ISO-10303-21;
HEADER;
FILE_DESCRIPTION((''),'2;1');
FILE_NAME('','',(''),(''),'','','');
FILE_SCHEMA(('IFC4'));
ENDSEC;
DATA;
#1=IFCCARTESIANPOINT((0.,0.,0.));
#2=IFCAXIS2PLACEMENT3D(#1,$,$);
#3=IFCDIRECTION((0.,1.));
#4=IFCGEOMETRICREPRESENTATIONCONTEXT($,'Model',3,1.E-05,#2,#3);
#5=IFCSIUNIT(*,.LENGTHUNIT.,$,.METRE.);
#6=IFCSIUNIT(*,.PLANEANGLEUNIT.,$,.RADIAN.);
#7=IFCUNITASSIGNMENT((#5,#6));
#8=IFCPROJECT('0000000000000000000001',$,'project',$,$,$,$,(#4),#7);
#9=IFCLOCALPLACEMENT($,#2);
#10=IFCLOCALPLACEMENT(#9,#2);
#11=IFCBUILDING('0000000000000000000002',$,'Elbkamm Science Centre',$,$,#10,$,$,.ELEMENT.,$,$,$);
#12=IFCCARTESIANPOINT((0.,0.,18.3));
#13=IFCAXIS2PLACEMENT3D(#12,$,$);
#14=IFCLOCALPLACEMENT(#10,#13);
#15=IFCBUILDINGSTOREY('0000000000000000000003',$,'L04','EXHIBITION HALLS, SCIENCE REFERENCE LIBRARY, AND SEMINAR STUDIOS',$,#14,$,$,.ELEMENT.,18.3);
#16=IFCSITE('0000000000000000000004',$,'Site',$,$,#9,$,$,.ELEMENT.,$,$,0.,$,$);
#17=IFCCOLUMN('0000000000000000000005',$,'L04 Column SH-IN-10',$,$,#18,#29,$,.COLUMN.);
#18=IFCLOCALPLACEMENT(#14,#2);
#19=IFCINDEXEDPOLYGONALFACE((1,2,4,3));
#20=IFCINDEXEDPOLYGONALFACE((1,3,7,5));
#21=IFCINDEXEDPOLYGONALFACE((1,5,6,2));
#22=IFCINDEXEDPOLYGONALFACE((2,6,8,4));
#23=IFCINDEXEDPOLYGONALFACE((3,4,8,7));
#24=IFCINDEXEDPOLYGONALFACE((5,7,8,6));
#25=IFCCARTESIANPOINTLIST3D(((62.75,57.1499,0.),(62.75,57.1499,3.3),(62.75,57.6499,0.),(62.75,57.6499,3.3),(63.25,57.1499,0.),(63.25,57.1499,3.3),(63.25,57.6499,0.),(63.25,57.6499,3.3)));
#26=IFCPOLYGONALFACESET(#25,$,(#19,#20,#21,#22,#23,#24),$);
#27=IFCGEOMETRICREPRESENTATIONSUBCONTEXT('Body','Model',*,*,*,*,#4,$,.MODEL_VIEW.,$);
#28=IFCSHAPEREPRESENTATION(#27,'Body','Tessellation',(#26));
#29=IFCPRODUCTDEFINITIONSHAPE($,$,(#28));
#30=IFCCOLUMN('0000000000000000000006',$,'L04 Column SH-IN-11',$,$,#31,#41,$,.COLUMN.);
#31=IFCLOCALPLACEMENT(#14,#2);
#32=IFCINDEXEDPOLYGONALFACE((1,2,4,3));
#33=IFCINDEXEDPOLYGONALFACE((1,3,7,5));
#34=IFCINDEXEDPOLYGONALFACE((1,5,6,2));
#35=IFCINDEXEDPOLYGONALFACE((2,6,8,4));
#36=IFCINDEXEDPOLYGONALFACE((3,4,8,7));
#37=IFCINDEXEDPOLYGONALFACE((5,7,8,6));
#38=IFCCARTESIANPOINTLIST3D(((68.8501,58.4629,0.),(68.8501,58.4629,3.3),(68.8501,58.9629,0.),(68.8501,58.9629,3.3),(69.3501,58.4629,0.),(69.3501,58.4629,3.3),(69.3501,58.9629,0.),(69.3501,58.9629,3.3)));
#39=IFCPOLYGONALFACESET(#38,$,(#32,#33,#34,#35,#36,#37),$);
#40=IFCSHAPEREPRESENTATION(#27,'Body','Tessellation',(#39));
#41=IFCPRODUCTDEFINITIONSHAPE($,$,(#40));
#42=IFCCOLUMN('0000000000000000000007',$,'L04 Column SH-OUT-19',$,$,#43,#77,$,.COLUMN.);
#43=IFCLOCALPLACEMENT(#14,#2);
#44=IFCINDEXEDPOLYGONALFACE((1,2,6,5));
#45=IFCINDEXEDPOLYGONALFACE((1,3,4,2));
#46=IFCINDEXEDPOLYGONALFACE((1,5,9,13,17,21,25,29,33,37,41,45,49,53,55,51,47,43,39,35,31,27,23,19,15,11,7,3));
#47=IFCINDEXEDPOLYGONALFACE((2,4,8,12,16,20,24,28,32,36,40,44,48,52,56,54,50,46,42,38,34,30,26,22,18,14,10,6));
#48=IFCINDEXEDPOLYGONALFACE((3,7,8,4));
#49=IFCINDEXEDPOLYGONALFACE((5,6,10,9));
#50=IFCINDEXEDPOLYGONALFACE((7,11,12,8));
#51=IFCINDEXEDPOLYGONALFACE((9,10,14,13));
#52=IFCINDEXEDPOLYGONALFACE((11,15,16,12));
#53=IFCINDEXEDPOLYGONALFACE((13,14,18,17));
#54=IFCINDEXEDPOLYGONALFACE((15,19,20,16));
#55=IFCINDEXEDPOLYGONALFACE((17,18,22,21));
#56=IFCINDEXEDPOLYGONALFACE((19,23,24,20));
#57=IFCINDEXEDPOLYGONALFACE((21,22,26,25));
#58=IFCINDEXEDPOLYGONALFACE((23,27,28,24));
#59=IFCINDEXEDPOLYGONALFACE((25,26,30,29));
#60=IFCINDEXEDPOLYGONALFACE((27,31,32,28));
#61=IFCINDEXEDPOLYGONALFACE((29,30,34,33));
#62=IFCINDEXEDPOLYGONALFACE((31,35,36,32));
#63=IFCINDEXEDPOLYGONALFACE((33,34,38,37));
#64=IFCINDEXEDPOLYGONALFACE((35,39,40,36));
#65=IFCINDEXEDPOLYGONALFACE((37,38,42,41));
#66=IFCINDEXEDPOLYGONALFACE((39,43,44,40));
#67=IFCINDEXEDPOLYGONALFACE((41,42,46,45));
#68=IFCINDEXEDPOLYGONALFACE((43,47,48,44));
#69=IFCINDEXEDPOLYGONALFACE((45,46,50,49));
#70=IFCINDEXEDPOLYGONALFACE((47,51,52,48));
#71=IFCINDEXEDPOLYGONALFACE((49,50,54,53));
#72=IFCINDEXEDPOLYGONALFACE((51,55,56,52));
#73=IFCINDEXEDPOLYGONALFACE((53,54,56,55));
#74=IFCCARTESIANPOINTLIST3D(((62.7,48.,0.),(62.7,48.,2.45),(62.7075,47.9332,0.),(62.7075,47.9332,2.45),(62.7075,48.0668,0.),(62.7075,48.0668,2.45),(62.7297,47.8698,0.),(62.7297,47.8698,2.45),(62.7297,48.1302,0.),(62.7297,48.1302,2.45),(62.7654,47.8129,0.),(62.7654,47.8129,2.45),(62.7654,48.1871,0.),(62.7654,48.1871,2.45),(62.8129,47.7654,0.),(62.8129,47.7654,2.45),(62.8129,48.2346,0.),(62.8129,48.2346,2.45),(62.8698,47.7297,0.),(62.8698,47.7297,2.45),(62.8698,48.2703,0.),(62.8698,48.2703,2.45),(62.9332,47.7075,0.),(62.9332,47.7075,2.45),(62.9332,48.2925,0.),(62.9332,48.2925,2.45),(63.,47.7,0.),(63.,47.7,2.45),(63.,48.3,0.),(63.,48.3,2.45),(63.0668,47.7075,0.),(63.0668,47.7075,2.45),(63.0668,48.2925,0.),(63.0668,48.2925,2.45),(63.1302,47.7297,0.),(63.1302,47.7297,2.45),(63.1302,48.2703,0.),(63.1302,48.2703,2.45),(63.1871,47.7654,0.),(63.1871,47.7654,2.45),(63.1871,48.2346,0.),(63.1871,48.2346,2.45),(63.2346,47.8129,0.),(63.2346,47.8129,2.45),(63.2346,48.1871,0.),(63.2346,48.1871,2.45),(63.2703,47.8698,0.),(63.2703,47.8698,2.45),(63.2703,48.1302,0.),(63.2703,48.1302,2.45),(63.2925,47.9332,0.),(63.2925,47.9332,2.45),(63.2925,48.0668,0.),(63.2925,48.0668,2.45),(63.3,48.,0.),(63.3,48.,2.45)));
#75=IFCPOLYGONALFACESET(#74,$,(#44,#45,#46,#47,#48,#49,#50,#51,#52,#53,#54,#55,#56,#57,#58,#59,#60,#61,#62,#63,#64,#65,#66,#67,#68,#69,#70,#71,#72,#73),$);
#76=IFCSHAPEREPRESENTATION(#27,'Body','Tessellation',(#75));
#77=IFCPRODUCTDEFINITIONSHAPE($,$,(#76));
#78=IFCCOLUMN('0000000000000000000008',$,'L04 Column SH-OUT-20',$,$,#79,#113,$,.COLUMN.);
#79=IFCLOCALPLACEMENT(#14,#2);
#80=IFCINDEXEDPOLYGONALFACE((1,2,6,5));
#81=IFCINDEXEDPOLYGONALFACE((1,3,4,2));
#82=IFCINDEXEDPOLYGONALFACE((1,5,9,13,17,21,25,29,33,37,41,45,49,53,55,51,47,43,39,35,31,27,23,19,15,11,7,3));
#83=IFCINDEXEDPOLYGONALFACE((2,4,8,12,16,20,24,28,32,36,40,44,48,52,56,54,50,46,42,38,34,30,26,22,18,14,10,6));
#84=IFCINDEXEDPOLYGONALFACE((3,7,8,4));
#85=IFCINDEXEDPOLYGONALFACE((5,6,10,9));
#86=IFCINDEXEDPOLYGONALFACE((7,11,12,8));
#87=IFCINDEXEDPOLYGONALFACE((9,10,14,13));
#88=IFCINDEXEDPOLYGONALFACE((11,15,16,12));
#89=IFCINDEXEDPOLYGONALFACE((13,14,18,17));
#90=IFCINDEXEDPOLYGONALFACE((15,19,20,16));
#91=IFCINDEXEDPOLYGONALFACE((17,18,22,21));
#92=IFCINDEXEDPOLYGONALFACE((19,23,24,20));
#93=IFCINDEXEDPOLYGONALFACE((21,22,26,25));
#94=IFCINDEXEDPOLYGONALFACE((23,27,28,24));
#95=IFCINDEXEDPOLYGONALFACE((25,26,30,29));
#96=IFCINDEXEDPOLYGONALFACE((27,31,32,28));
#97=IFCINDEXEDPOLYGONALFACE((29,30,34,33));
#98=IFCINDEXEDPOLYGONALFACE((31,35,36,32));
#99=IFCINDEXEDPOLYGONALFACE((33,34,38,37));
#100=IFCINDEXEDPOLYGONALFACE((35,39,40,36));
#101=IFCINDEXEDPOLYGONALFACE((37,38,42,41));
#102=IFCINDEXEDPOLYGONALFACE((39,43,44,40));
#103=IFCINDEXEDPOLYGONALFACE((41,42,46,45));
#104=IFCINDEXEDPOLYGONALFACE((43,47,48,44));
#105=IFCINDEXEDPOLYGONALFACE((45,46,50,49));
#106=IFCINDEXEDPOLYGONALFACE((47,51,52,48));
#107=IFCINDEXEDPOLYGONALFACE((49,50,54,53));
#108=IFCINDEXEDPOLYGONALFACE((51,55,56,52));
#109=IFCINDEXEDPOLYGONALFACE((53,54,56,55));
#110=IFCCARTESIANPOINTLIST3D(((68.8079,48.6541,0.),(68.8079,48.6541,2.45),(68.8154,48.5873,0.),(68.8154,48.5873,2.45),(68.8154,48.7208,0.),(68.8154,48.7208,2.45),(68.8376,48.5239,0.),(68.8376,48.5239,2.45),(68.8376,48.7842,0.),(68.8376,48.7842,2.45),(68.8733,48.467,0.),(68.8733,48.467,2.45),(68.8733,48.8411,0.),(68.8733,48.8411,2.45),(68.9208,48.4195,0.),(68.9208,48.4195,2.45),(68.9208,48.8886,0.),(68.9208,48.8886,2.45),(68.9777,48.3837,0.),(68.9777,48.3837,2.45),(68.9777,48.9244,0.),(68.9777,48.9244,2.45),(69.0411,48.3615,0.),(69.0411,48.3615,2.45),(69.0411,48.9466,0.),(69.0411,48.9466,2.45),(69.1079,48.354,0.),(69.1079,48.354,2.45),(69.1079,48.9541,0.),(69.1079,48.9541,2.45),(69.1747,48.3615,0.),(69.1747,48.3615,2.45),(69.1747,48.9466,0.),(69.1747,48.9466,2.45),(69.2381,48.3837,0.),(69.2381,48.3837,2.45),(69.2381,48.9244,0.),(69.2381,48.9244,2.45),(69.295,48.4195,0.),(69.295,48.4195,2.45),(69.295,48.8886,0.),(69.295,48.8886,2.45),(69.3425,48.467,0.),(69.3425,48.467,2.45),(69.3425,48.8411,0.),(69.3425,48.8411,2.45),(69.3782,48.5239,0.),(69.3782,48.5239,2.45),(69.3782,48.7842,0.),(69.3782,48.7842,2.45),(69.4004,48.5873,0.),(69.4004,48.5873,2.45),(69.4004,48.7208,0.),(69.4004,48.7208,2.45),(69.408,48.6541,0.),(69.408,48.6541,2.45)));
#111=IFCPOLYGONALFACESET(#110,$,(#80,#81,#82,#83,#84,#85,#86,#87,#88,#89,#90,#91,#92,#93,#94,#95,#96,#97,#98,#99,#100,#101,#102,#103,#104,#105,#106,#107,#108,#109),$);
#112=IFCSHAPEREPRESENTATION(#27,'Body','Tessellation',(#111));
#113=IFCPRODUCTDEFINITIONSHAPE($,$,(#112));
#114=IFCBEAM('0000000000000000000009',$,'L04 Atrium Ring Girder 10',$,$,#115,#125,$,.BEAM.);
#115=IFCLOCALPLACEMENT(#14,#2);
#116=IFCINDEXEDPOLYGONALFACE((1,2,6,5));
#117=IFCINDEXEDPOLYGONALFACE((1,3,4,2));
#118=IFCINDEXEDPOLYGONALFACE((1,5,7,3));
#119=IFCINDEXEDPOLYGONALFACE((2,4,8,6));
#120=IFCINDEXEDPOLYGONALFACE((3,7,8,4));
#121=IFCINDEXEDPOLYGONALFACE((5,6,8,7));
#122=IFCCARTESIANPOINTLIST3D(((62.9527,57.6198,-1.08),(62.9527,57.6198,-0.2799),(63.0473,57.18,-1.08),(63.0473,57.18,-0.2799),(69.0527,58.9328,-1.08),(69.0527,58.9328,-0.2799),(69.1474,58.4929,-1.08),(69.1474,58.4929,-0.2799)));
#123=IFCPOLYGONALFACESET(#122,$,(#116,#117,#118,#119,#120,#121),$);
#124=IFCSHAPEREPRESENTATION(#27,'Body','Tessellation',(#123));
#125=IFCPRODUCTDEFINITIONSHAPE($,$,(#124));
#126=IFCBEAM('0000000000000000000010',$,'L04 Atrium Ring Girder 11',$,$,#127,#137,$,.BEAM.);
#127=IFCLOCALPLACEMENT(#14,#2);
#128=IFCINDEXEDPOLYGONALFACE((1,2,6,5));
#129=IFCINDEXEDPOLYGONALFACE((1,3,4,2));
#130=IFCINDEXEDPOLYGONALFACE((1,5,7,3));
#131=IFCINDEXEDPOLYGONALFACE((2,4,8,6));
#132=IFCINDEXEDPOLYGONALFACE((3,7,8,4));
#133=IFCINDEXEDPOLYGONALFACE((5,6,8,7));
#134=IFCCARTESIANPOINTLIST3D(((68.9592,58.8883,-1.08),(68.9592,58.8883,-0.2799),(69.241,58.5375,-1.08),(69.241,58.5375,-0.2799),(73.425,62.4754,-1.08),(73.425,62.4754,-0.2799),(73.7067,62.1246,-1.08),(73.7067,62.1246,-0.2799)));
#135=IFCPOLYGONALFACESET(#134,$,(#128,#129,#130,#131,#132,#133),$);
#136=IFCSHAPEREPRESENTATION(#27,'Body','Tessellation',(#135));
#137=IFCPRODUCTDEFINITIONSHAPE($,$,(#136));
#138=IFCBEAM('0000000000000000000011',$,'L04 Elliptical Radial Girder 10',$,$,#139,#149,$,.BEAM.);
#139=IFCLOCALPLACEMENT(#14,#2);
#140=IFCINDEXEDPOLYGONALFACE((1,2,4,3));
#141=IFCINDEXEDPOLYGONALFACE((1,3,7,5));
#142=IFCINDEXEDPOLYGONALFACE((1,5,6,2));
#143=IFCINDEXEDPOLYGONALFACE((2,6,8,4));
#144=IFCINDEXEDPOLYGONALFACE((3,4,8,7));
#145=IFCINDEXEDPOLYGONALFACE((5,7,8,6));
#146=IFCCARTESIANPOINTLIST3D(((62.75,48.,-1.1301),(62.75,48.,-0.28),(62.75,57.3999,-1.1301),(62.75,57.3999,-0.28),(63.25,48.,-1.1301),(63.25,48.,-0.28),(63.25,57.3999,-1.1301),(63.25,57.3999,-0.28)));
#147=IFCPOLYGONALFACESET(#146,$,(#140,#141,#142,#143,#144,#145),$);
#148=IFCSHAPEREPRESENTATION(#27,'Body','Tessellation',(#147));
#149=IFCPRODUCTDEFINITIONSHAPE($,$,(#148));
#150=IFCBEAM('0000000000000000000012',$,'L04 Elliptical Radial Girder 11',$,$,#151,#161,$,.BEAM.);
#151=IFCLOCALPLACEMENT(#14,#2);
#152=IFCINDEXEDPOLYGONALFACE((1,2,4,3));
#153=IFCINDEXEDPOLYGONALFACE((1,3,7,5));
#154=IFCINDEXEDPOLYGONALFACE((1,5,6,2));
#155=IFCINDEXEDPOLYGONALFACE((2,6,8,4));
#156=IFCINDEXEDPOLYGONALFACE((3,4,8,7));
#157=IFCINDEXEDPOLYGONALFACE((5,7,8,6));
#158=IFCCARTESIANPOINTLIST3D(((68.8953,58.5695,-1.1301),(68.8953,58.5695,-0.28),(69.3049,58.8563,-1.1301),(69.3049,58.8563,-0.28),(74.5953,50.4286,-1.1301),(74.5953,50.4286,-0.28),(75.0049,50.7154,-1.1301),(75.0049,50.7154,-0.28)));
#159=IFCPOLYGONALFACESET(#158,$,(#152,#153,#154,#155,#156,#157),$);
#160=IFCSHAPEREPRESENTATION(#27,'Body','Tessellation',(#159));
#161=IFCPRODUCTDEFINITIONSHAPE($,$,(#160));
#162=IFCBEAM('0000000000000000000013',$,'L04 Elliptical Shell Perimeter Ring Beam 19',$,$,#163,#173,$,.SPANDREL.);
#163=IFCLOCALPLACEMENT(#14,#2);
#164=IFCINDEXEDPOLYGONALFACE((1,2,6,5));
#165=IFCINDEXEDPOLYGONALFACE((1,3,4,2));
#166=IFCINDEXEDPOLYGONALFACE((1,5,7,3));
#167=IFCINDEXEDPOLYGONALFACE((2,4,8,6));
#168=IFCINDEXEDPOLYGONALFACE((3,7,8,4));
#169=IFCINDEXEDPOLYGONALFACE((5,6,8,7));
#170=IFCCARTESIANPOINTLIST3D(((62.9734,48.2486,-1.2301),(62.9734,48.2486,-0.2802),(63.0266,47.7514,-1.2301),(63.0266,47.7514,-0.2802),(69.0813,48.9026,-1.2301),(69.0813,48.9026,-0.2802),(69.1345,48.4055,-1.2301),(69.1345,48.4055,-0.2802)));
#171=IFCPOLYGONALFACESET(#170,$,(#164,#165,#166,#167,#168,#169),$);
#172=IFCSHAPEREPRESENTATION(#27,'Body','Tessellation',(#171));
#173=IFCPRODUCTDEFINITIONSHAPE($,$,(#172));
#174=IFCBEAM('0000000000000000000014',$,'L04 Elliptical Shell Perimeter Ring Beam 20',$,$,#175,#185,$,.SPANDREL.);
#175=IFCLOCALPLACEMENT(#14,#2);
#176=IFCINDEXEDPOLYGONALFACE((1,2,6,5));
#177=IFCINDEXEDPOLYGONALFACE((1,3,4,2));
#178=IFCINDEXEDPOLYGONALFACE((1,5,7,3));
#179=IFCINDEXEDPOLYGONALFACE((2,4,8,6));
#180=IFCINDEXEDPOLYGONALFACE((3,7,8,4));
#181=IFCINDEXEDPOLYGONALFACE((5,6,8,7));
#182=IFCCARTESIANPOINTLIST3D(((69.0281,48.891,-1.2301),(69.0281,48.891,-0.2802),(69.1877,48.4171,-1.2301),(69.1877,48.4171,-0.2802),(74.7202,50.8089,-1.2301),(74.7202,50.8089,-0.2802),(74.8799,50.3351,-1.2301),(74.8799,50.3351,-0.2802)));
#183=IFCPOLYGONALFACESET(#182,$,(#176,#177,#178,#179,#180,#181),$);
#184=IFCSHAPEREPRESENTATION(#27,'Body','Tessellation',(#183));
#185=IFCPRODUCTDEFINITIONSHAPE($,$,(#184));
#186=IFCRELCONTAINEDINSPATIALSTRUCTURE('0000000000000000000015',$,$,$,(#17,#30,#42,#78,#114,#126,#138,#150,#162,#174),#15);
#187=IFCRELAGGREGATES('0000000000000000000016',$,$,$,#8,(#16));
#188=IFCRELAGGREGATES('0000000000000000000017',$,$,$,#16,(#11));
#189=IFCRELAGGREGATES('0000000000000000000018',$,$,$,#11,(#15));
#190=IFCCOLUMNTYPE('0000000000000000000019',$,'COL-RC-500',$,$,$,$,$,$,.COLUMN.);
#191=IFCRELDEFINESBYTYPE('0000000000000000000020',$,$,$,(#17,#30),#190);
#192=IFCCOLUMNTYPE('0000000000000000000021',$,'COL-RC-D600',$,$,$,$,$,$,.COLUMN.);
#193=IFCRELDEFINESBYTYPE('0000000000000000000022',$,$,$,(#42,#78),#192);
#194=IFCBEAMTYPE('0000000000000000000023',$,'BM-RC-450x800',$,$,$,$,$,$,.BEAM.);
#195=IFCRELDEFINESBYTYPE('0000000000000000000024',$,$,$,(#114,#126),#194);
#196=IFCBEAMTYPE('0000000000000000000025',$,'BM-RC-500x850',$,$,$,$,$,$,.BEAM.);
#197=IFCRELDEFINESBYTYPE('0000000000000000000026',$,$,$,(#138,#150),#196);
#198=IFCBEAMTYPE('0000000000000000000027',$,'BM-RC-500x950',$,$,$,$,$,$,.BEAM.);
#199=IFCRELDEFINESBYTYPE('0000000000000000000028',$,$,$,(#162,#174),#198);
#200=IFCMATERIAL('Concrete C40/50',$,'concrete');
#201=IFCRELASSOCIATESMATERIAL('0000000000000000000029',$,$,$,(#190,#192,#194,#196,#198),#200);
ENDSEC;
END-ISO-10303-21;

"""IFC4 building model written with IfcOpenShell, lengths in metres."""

from ifc_helpers import new_model, si_unit, direction, frame, origin, origin_2d, place, context, subcontext, project, spatial, rectangle, circle, extrude, material, material_profile, profile_set, type_object, element, save


model = new_model("IFC4")

# Units and contexts
model_context = context("Model", 3, precision=1e-05, world=origin(), true_north=direction((0.0, 1.0)))
body_context = subcontext(model_context, "Body", "Model", "MODEL_VIEW")
ifc_project = project(units=[si_unit("LENGTHUNIT", "METRE"), si_unit("PLANEANGLEUNIT", "RADIAN")], contexts=[model_context])

# Site, building, storey
site_placement = place(None, origin())
site = spatial("IfcSite", under=ifc_project, at=site_placement, Name="Site", CompositionType="ELEMENT", RefElevation=0.0)
building_placement = place(site_placement, origin())
building = spatial("IfcBuilding", under=site, at=building_placement, Name="Elbkamm Science Centre", CompositionType="ELEMENT")
storey_placement = place(building_placement, frame((0.0, 0.0, 18.3)))
storey = spatial("IfcBuildingStorey", under=building, at=storey_placement, Name="L04", Description="EXHIBITION HALLS, SCIENCE REFERENCE LIBRARY, AND SEMINAR STUDIOS", CompositionType="ELEMENT", Elevation=18.3)

# Columns
ifc_material_1 = material(Name="Concrete C40/50", Category="concrete")
ifc_material_profile_1 = material_profile(ifc_material_1, rectangle(XDim=0.5, YDim=0.5, at=origin_2d()), Name="RC 500x500")
ifc_profile_set_1 = profile_set([ifc_material_profile_1], Name="Concrete C40/50")
column_type_1 = type_object("IfcColumnType", Name="COL-RC-500", PredefinedType="COLUMN", material=ifc_profile_set_1)
for number, where, z_axis, x_axis, name in (
    (1, (63.0, 57.3999, 0.0), (0.0, 0.0, 1.0), (1.0, 0.0, 0.0), "L04 Column SH-IN-10"),
    (2, (69.1001, 58.7129, 0.0), (0.0, 0.0, 1.0), (1.0, 0.0, 0.0), "L04 Column SH-IN-11"),
):
    element("IfcColumn", number, at=place(storey_placement, frame(where, z_axis=z_axis, x_axis=x_axis)), inside=storey, type_object=column_type_1, Name=name, PredefinedType="COLUMN", context=body_context, shape_type="SweptSolid", body=[
        extrude(rectangle(XDim=0.5, YDim=0.5, at=origin_2d()), origin(), (0.0, 0.0, 1.0), 3.3),
    ])
ifc_material_profile_2 = material_profile(ifc_material_1, circle(Radius=0.3, at=origin_2d()), Name="RC D600")
ifc_profile_set_2 = profile_set([ifc_material_profile_2], Name="Concrete C40/50")
column_type_2 = type_object("IfcColumnType", Name="COL-RC-D600", PredefinedType="COLUMN", material=ifc_profile_set_2)
for number, where, z_axis, x_axis, name in (
    (3, (63.0, 48.0, 0.0), (0.0, 0.0, 1.0), (1.0, 0.0, 0.0), "L04 Column SH-OUT-19"),
    (4, (69.1079, 48.6541, 0.0), (0.0, 0.0, 1.0), (1.0, 0.0, 0.0), "L04 Column SH-OUT-20"),
):
    element("IfcColumn", number, at=place(storey_placement, frame(where, z_axis=z_axis, x_axis=x_axis)), inside=storey, type_object=column_type_2, Name=name, PredefinedType="COLUMN", context=body_context, shape_type="SweptSolid", body=[
        extrude(circle(Radius=0.3, at=origin_2d()), origin(), (0.0, 0.0, 1.0), 2.45),
    ])

# Beams
ifc_material_profile_3 = material_profile(ifc_material_1, rectangle(XDim=0.45, YDim=0.8, at=origin_2d()), Name="RC 450x800")
ifc_profile_set_3 = profile_set([ifc_material_profile_3], Name="Concrete C40/50")
beam_type_1 = type_object("IfcBeamType", Name="BM-RC-450x800", PredefinedType="BEAM", material=ifc_profile_set_3)
beam_1_placement = place(storey_placement, frame((63.0, 57.3999, -0.6799), z_axis=(0.977611, 0.210421, 0.0), x_axis=(-0.210421, 0.977611, 0.0)))
element("IfcBeam", 5, at=beam_1_placement, inside=storey, type_object=beam_type_1, Name="L04 Atrium Ring Girder 10", PredefinedType="BEAM", context=body_context, shape_type="SweptSolid", body=[
    extrude(rectangle(XDim=0.45, YDim=0.8, at=origin_2d()), origin(), (0.0, 0.0, 1.0), 6.2397),
])
beam_2_placement = place(storey_placement, frame((69.1001, 58.7129, -0.6799), z_axis=(0.779632, 0.626238, 0.0), x_axis=(-0.626238, 0.779632, 0.0)))
element("IfcBeam", 6, at=beam_2_placement, inside=storey, type_object=beam_type_1, Name="L04 Atrium Ring Girder 11", PredefinedType="BEAM", context=body_context, shape_type="SweptSolid", body=[
    extrude(rectangle(XDim=0.45, YDim=0.8, at=origin_2d()), origin(), (0.0, 0.0, 1.0), 5.728),
])
ifc_material_profile_4 = material_profile(ifc_material_1, rectangle(XDim=0.5, YDim=0.8501, at=origin_2d()), Name="RC 500x850")
ifc_profile_set_4 = profile_set([ifc_material_profile_4], Name="Concrete C40/50")
beam_type_2 = type_object("IfcBeamType", Name="BM-RC-500x850", PredefinedType="BEAM", material=ifc_profile_set_4)
beam_3_placement = place(storey_placement, frame((63.0, 57.3999, -0.7051), z_axis=(0.0, -1.0, 0.0), x_axis=(1.0, 0.0, 0.0)))
element("IfcBeam", 7, at=beam_3_placement, inside=storey, type_object=beam_type_2, Name="L04 Elliptical Radial Girder 10", PredefinedType="BEAM", context=body_context, shape_type="SweptSolid", body=[
    extrude(rectangle(XDim=0.5, YDim=0.8501, at=origin_2d()), origin(), (0.0, 0.0, 1.0), 9.3999),
])
beam_4_placement = place(storey_placement, frame((69.1001, 58.7129, -0.7051), z_axis=(0.573553, -0.819168, 0.0), x_axis=(0.819168, 0.573553, 0.0)))
element("IfcBeam", 8, at=beam_4_placement, inside=storey, type_object=beam_type_2, Name="L04 Elliptical Radial Girder 11", PredefinedType="BEAM", context=body_context, shape_type="SweptSolid", body=[
    extrude(rectangle(XDim=0.5, YDim=0.8501, at=origin_2d()), origin(), (0.0, 0.0, 1.0), 9.938),
])
ifc_material_profile_5 = material_profile(ifc_material_1, rectangle(XDim=0.5, YDim=0.95, at=origin_2d()), Name="RC 500x950")
ifc_profile_set_5 = profile_set([ifc_material_profile_5], Name="Concrete C40/50")
beam_type_3 = type_object("IfcBeamType", Name="BM-RC-500x950", PredefinedType="BEAM", material=ifc_profile_set_5)
beam_5_placement = place(storey_placement, frame((63.0, 48.0, -0.7551), z_axis=(0.994315, 0.106474, 0.0), x_axis=(-0.106474, 0.994315, 0.0)))
element("IfcBeam", 9, at=beam_5_placement, inside=storey, type_object=beam_type_3, Name="L04 Elliptical Shell Perimeter Ring Beam 19", PredefinedType="SPANDREL", context=body_context, shape_type="SweptSolid", body=[
    extrude(rectangle(XDim=0.5, YDim=0.95, at=origin_2d()), origin(), (0.0, 0.0, 1.0), 6.1428),
])
beam_6_placement = place(storey_placement, frame((69.1079, 48.6541, -0.7551), z_axis=(0.94765, 0.319311, 0.0), x_axis=(-0.319311, 0.94765, 0.0)))
element("IfcBeam", 10, at=beam_6_placement, inside=storey, type_object=beam_type_3, Name="L04 Elliptical Shell Perimeter Ring Beam 20", PredefinedType="SPANDREL", context=body_context, shape_type="SweptSolid", body=[
    extrude(rectangle(XDim=0.5, YDim=0.95, at=origin_2d()), origin(), (0.0, 0.0, 1.0), 6.0066),
])

save(model, "model.ifc")
